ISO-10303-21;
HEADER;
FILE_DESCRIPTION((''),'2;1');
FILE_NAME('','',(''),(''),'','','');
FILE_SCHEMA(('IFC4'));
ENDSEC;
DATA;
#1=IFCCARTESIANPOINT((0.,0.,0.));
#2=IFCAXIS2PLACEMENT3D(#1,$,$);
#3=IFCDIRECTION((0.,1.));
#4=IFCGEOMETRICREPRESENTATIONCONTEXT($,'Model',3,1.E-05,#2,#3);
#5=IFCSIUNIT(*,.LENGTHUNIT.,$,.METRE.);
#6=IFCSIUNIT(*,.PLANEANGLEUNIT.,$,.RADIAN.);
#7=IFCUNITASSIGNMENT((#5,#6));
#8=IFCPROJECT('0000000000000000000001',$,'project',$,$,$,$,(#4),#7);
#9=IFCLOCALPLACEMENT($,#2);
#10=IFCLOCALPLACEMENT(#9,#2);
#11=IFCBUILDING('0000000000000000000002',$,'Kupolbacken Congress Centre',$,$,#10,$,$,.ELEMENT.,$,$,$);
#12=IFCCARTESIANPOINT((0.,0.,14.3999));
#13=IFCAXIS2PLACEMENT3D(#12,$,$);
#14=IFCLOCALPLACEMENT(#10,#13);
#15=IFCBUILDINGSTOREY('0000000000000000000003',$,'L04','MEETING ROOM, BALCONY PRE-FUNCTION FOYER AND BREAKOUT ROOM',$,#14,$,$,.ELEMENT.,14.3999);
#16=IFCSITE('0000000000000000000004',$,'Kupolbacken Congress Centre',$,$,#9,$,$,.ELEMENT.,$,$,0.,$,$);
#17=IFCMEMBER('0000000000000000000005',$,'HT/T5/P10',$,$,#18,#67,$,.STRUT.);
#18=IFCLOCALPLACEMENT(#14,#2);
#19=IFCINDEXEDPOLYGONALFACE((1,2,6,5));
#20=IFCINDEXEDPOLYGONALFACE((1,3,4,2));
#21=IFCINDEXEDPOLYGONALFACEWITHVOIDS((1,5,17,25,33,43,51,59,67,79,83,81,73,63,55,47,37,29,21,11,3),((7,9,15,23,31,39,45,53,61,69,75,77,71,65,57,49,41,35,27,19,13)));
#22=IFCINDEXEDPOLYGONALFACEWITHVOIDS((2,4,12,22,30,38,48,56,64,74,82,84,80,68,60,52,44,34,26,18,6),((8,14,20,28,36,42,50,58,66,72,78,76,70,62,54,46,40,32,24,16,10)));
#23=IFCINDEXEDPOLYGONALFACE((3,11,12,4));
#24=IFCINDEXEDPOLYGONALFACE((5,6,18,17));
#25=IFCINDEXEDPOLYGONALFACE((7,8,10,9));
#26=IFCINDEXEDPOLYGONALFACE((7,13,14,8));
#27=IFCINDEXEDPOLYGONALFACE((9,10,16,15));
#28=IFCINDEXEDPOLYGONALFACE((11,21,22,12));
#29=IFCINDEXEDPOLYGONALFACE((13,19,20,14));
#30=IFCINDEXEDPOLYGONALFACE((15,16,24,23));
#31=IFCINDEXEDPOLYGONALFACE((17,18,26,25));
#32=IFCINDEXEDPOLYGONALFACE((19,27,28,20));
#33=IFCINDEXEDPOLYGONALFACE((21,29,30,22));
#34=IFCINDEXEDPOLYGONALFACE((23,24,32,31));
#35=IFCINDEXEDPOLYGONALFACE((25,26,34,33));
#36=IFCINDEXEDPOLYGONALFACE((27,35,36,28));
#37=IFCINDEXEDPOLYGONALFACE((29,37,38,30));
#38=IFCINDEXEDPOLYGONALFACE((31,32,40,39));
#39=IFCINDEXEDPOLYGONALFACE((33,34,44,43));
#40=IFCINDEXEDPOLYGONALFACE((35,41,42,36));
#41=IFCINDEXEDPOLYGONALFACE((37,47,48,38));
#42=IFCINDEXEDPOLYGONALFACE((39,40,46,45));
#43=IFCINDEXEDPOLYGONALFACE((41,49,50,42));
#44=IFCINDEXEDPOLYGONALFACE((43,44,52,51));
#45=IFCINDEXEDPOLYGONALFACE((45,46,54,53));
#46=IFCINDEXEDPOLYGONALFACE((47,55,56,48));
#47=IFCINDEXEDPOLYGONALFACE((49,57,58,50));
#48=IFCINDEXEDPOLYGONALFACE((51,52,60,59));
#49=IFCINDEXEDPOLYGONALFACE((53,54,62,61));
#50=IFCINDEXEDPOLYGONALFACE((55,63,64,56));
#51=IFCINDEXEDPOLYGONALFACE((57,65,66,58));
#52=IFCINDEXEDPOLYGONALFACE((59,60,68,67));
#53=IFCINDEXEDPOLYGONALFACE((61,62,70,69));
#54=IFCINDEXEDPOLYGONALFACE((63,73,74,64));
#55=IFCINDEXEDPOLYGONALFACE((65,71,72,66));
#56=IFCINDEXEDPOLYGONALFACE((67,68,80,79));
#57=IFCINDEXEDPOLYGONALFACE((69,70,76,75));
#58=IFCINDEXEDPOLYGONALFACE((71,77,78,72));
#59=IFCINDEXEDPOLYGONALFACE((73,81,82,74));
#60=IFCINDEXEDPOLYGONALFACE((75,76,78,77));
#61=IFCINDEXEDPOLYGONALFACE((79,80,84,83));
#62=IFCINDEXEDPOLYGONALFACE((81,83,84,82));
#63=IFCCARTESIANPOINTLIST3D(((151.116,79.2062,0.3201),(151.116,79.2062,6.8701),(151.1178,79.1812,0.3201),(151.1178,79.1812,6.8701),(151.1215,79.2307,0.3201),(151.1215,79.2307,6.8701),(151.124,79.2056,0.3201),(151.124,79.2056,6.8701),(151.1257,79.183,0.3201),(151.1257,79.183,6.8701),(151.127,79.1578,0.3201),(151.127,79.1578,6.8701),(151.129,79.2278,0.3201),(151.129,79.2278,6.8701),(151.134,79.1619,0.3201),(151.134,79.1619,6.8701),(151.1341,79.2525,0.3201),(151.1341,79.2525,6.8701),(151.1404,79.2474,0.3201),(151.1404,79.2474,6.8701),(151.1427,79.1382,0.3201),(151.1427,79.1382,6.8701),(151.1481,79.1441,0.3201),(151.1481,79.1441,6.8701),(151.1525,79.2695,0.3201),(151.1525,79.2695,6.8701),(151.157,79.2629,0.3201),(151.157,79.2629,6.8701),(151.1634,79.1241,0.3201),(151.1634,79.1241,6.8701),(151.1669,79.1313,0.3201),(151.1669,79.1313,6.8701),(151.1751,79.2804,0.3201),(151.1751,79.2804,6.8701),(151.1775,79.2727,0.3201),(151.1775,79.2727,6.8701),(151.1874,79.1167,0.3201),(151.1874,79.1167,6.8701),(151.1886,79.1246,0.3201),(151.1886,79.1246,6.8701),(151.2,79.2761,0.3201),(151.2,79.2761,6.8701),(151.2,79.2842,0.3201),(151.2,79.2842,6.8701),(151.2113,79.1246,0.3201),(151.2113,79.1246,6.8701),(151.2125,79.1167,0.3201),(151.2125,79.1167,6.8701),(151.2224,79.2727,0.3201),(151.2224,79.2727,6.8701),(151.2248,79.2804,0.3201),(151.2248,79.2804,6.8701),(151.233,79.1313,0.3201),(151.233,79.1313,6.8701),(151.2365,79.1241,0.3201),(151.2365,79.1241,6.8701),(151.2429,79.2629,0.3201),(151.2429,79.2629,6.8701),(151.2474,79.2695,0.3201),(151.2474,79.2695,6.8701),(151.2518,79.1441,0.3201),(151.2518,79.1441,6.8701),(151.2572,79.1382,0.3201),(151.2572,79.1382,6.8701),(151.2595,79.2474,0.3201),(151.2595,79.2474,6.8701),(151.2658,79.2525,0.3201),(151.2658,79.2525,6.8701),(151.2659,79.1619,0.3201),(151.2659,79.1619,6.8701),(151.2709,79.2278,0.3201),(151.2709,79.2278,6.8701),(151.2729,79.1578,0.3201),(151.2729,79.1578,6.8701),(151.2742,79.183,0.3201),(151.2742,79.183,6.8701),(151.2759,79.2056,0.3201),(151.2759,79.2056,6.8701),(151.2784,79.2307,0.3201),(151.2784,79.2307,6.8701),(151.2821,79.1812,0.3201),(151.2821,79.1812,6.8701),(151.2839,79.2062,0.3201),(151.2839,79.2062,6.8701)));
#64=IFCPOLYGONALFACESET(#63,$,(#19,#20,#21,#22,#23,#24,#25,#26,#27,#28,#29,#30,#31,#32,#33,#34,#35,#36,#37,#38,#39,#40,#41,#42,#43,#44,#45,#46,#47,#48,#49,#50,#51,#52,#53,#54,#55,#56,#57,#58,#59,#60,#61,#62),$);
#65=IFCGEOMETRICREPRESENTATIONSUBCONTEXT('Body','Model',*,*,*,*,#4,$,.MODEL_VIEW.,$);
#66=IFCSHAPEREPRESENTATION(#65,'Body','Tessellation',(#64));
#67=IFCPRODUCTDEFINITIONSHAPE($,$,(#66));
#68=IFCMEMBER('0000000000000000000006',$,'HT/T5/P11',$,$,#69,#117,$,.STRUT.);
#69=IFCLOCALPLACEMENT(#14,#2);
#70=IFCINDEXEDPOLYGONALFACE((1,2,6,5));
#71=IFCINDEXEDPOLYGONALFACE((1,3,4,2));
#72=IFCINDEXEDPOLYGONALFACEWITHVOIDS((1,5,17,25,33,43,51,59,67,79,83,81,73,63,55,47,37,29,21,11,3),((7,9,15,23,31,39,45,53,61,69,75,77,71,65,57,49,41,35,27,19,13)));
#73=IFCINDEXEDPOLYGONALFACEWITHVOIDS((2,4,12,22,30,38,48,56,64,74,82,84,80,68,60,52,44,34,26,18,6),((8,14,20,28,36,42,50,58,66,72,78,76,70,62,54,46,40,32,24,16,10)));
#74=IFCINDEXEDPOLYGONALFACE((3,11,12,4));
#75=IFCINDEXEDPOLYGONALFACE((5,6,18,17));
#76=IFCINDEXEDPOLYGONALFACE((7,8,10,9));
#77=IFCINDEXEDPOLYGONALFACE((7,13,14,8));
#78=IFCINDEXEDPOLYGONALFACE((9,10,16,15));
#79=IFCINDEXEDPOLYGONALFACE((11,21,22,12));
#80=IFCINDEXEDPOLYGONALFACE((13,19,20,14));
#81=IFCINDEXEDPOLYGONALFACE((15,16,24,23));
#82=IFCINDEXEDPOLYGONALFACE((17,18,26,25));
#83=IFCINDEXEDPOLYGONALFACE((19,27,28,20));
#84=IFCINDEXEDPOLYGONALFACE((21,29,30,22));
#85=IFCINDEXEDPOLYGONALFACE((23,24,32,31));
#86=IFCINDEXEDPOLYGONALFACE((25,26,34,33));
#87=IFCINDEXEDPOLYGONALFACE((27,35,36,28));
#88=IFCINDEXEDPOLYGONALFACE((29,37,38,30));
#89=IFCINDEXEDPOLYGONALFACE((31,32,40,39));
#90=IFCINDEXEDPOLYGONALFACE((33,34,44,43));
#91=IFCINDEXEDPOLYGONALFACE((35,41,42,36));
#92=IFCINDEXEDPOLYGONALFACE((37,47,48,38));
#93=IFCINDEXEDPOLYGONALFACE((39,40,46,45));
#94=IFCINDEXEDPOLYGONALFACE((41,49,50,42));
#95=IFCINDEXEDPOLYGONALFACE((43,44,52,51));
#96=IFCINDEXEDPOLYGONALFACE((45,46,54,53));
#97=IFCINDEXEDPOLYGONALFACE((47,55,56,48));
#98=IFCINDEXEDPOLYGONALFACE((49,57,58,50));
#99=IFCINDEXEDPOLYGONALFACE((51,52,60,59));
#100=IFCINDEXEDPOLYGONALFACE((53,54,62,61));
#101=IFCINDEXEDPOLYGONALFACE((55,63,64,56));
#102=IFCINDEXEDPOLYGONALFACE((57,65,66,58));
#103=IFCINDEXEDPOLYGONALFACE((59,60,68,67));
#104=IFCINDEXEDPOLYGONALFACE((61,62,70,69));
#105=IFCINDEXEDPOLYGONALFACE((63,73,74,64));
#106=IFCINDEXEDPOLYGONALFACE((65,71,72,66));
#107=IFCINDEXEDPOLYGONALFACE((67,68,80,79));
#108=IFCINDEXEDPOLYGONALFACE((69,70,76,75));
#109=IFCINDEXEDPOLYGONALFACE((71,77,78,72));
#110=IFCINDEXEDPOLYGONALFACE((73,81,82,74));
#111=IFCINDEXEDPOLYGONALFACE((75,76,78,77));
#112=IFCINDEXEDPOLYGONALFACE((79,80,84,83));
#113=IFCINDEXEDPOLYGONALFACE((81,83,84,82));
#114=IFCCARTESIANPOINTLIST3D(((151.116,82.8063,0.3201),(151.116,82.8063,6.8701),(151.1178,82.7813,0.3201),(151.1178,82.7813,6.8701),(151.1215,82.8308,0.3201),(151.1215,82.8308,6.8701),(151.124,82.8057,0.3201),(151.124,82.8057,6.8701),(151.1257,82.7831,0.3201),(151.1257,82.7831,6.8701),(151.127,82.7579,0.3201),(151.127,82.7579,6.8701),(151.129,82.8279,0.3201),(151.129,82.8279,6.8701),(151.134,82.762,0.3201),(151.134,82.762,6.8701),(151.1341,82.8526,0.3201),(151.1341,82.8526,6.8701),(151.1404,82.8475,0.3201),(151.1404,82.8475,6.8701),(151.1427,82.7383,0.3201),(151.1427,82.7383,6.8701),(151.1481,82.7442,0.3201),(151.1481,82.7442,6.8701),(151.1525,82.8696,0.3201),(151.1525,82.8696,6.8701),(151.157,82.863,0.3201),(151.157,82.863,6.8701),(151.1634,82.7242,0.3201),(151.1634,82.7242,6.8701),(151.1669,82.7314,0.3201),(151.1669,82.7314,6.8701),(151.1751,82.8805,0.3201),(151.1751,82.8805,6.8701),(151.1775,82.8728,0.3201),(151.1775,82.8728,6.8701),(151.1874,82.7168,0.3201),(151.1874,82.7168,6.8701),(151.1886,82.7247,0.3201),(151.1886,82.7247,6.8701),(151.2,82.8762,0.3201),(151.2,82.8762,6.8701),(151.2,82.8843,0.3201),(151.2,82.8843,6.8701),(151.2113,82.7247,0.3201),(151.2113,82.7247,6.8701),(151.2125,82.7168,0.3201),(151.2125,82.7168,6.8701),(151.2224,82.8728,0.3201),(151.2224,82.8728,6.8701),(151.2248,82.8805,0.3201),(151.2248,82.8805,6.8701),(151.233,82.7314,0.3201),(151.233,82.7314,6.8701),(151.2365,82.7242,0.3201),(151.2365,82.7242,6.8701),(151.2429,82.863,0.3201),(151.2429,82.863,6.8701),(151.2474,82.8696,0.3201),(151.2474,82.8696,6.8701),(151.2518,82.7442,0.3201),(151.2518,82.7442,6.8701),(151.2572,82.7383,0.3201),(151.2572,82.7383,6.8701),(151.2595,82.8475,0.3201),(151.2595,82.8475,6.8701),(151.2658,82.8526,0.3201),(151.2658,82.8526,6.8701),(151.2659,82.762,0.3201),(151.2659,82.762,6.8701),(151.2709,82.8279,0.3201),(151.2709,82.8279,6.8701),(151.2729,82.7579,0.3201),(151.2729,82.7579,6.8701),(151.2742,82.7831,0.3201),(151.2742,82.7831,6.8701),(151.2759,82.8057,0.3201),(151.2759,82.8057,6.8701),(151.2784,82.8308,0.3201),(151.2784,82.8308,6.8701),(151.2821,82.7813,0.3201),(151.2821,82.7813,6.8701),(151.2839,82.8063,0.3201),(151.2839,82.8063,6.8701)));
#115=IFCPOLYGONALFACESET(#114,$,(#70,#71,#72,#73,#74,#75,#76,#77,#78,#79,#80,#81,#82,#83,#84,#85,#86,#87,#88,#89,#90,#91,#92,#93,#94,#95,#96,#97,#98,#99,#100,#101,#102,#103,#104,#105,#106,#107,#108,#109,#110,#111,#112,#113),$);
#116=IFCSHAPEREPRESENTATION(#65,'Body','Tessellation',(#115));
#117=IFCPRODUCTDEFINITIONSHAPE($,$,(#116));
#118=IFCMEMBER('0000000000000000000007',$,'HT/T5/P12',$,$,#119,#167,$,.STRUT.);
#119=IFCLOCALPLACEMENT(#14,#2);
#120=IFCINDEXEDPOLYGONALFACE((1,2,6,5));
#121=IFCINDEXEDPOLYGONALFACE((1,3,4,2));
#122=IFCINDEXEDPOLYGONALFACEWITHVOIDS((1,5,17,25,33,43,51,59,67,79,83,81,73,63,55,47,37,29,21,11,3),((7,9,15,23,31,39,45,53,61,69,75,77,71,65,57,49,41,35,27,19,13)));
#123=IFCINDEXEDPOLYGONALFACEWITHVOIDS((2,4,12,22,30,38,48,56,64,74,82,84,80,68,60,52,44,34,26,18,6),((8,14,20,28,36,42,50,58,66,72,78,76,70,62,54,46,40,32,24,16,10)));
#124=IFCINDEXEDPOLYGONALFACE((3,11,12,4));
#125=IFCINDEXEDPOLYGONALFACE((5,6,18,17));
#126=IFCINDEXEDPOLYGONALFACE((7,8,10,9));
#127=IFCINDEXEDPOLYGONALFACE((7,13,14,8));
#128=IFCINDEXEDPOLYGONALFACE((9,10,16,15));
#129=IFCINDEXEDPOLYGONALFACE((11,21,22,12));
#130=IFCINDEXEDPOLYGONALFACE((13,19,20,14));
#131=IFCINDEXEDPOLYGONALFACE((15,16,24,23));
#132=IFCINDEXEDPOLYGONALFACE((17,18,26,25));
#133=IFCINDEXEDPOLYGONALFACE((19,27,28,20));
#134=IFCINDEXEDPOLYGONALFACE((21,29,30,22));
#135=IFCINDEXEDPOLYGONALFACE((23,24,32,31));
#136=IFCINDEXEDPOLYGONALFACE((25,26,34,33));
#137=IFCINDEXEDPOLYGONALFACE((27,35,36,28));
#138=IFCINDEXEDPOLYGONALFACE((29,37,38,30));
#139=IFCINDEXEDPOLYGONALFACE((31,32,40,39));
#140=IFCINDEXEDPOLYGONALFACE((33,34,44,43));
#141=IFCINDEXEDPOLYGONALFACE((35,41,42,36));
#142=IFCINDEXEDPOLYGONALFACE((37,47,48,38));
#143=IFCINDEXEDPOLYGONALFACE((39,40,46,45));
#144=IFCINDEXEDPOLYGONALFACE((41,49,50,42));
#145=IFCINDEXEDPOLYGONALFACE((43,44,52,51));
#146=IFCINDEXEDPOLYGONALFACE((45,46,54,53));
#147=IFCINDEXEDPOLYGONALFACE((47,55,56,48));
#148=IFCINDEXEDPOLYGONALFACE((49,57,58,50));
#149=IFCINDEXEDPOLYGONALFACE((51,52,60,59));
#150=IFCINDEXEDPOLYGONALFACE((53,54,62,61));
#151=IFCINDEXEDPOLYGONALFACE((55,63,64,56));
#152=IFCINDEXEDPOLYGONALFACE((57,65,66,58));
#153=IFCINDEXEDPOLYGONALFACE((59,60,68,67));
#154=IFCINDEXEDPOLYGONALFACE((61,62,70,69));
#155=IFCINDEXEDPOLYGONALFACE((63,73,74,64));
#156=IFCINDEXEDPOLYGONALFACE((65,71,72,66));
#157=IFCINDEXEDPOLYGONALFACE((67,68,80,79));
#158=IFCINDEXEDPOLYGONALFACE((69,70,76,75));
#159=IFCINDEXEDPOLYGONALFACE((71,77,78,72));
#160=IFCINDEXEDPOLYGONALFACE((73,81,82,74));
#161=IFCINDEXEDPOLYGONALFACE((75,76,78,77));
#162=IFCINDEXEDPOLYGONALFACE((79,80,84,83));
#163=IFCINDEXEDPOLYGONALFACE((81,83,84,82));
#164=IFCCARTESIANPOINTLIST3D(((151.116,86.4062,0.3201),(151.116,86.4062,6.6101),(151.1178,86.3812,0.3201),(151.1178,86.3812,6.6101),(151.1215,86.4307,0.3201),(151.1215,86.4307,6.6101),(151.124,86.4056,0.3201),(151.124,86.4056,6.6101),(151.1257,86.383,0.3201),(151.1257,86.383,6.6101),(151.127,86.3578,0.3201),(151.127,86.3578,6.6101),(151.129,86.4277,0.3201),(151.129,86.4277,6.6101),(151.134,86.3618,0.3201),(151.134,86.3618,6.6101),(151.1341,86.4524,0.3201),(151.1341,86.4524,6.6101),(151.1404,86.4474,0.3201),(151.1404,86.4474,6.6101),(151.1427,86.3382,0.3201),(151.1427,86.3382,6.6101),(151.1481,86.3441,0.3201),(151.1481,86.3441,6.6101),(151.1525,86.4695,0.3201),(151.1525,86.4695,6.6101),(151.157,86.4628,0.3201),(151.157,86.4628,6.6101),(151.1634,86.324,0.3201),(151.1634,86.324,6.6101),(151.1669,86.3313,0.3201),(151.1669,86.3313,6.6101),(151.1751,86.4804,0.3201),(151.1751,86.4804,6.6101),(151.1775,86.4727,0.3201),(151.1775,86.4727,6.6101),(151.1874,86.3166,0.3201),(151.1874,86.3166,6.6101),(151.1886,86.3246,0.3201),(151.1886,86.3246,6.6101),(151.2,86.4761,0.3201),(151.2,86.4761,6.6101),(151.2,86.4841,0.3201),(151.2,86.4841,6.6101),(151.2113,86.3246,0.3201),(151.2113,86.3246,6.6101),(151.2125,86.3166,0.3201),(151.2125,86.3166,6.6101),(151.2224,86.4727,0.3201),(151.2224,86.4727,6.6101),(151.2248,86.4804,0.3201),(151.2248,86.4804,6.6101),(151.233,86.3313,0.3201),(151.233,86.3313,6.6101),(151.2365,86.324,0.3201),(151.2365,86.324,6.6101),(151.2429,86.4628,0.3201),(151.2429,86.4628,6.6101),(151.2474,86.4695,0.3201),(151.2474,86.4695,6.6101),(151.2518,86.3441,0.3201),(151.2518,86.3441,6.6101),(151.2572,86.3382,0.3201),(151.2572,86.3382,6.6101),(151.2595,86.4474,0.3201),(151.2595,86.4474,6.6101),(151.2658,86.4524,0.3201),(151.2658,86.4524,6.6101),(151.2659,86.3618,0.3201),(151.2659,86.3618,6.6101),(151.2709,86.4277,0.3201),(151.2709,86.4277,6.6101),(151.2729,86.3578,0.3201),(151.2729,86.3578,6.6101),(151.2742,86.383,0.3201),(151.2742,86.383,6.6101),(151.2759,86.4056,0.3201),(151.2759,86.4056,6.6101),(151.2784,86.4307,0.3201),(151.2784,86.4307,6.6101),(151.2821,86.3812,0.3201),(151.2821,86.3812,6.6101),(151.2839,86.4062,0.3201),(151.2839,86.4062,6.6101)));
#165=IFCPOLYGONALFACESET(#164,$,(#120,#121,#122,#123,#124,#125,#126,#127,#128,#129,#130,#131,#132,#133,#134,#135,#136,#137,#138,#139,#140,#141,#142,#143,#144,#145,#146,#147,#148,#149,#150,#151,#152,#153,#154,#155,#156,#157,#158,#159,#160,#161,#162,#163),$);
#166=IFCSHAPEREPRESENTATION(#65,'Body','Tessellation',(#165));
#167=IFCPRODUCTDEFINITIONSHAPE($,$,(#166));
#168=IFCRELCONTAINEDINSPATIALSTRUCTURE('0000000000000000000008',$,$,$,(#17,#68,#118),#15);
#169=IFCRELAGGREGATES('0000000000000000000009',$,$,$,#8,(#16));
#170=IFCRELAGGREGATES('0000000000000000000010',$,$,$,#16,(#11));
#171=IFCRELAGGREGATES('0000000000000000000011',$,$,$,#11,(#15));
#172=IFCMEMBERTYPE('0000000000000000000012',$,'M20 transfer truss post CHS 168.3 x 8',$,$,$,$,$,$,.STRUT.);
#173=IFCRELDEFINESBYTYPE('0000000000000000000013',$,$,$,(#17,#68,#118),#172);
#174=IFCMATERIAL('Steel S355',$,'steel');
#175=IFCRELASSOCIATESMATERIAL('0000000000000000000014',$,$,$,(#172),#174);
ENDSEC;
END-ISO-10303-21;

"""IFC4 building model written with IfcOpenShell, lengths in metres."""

from ifc_helpers import new_model, si_unit, direction, frame, origin, origin_2d, place, context, subcontext, project, spatial, hollow_circle, extrude, material, material_profile, profile_set, type_object, element, save


model = new_model("IFC4")

# Units and contexts
model_context = context("Model", 3, precision=1e-05, world=origin(), true_north=direction((0.0, 1.0)))
body_context = subcontext(model_context, "Body", "Model", "MODEL_VIEW")
ifc_project = project(units=[si_unit("LENGTHUNIT", "METRE"), si_unit("PLANEANGLEUNIT", "RADIAN")], contexts=[model_context])

# Site, building, storey
site_placement = place(None, origin())
site = spatial("IfcSite", under=ifc_project, at=site_placement, Name="Kupolbacken Congress Centre", CompositionType="ELEMENT", RefElevation=0.0)
building_placement = place(site_placement, origin())
building = spatial("IfcBuilding", under=site, at=building_placement, Name="Kupolbacken Congress Centre", CompositionType="ELEMENT")
storey_placement = place(building_placement, frame((0.0, 0.0, 14.3999)))
storey = spatial("IfcBuildingStorey", under=building, at=storey_placement, Name="L04", Description="MEETING ROOM, BALCONY PRE-FUNCTION FOYER AND BREAKOUT ROOM", CompositionType="ELEMENT", Elevation=14.3999)

# Members
ifc_material_1 = material(Name="Steel S355", Category="steel")
ifc_material_profile_1 = material_profile(ifc_material_1, hollow_circle(Radius=0.0842, WallThickness=0.0081, at=origin_2d()), Name="CHS 168.3 x 8")
ifc_profile_set_1 = profile_set([ifc_material_profile_1], Name="Steel S355")
member_type_1 = type_object("IfcMemberType", Name="M20 transfer truss post CHS 168.3 x 8", PredefinedType="STRUT", material=ifc_profile_set_1)
for number, where, z_axis, x_axis, name in (
    (1, (151.2, 79.2, 0.3201), (0.0, 0.0, 1.0), (0.0, 1.0, 0.0), "HT/T5/P10"),
    (2, (151.2, 82.8, 0.3201), (0.0, 0.0, 1.0), (0.0, 1.0, 0.0), "HT/T5/P11"),
):
    element("IfcMember", number, at=place(storey_placement, frame(where, z_axis=z_axis, x_axis=x_axis)), inside=storey, type_object=member_type_1, Name=name, PredefinedType="STRUT", context=body_context, shape_type="SweptSolid", body=[
        extrude(hollow_circle(Radius=0.0842, WallThickness=0.0081, at=origin_2d()), origin(), (0.0, 0.0, 1.0), 6.55),
    ])
for number, where, z_axis, x_axis, name in (
    (3, (151.2, 86.3999, 0.3201), (0.0, 0.0, 1.0), (0.0, 1.0, 0.0), "HT/T5/P12"),
):
    element("IfcMember", number, at=place(storey_placement, frame(where, z_axis=z_axis, x_axis=x_axis)), inside=storey, type_object=member_type_1, Name=name, PredefinedType="STRUT", context=body_context, shape_type="SweptSolid", body=[
        extrude(hollow_circle(Radius=0.0842, WallThickness=0.0081, at=origin_2d()), origin(), (0.0, 0.0, 1.0), 6.29),
    ])

save(model, "model.ifc")
